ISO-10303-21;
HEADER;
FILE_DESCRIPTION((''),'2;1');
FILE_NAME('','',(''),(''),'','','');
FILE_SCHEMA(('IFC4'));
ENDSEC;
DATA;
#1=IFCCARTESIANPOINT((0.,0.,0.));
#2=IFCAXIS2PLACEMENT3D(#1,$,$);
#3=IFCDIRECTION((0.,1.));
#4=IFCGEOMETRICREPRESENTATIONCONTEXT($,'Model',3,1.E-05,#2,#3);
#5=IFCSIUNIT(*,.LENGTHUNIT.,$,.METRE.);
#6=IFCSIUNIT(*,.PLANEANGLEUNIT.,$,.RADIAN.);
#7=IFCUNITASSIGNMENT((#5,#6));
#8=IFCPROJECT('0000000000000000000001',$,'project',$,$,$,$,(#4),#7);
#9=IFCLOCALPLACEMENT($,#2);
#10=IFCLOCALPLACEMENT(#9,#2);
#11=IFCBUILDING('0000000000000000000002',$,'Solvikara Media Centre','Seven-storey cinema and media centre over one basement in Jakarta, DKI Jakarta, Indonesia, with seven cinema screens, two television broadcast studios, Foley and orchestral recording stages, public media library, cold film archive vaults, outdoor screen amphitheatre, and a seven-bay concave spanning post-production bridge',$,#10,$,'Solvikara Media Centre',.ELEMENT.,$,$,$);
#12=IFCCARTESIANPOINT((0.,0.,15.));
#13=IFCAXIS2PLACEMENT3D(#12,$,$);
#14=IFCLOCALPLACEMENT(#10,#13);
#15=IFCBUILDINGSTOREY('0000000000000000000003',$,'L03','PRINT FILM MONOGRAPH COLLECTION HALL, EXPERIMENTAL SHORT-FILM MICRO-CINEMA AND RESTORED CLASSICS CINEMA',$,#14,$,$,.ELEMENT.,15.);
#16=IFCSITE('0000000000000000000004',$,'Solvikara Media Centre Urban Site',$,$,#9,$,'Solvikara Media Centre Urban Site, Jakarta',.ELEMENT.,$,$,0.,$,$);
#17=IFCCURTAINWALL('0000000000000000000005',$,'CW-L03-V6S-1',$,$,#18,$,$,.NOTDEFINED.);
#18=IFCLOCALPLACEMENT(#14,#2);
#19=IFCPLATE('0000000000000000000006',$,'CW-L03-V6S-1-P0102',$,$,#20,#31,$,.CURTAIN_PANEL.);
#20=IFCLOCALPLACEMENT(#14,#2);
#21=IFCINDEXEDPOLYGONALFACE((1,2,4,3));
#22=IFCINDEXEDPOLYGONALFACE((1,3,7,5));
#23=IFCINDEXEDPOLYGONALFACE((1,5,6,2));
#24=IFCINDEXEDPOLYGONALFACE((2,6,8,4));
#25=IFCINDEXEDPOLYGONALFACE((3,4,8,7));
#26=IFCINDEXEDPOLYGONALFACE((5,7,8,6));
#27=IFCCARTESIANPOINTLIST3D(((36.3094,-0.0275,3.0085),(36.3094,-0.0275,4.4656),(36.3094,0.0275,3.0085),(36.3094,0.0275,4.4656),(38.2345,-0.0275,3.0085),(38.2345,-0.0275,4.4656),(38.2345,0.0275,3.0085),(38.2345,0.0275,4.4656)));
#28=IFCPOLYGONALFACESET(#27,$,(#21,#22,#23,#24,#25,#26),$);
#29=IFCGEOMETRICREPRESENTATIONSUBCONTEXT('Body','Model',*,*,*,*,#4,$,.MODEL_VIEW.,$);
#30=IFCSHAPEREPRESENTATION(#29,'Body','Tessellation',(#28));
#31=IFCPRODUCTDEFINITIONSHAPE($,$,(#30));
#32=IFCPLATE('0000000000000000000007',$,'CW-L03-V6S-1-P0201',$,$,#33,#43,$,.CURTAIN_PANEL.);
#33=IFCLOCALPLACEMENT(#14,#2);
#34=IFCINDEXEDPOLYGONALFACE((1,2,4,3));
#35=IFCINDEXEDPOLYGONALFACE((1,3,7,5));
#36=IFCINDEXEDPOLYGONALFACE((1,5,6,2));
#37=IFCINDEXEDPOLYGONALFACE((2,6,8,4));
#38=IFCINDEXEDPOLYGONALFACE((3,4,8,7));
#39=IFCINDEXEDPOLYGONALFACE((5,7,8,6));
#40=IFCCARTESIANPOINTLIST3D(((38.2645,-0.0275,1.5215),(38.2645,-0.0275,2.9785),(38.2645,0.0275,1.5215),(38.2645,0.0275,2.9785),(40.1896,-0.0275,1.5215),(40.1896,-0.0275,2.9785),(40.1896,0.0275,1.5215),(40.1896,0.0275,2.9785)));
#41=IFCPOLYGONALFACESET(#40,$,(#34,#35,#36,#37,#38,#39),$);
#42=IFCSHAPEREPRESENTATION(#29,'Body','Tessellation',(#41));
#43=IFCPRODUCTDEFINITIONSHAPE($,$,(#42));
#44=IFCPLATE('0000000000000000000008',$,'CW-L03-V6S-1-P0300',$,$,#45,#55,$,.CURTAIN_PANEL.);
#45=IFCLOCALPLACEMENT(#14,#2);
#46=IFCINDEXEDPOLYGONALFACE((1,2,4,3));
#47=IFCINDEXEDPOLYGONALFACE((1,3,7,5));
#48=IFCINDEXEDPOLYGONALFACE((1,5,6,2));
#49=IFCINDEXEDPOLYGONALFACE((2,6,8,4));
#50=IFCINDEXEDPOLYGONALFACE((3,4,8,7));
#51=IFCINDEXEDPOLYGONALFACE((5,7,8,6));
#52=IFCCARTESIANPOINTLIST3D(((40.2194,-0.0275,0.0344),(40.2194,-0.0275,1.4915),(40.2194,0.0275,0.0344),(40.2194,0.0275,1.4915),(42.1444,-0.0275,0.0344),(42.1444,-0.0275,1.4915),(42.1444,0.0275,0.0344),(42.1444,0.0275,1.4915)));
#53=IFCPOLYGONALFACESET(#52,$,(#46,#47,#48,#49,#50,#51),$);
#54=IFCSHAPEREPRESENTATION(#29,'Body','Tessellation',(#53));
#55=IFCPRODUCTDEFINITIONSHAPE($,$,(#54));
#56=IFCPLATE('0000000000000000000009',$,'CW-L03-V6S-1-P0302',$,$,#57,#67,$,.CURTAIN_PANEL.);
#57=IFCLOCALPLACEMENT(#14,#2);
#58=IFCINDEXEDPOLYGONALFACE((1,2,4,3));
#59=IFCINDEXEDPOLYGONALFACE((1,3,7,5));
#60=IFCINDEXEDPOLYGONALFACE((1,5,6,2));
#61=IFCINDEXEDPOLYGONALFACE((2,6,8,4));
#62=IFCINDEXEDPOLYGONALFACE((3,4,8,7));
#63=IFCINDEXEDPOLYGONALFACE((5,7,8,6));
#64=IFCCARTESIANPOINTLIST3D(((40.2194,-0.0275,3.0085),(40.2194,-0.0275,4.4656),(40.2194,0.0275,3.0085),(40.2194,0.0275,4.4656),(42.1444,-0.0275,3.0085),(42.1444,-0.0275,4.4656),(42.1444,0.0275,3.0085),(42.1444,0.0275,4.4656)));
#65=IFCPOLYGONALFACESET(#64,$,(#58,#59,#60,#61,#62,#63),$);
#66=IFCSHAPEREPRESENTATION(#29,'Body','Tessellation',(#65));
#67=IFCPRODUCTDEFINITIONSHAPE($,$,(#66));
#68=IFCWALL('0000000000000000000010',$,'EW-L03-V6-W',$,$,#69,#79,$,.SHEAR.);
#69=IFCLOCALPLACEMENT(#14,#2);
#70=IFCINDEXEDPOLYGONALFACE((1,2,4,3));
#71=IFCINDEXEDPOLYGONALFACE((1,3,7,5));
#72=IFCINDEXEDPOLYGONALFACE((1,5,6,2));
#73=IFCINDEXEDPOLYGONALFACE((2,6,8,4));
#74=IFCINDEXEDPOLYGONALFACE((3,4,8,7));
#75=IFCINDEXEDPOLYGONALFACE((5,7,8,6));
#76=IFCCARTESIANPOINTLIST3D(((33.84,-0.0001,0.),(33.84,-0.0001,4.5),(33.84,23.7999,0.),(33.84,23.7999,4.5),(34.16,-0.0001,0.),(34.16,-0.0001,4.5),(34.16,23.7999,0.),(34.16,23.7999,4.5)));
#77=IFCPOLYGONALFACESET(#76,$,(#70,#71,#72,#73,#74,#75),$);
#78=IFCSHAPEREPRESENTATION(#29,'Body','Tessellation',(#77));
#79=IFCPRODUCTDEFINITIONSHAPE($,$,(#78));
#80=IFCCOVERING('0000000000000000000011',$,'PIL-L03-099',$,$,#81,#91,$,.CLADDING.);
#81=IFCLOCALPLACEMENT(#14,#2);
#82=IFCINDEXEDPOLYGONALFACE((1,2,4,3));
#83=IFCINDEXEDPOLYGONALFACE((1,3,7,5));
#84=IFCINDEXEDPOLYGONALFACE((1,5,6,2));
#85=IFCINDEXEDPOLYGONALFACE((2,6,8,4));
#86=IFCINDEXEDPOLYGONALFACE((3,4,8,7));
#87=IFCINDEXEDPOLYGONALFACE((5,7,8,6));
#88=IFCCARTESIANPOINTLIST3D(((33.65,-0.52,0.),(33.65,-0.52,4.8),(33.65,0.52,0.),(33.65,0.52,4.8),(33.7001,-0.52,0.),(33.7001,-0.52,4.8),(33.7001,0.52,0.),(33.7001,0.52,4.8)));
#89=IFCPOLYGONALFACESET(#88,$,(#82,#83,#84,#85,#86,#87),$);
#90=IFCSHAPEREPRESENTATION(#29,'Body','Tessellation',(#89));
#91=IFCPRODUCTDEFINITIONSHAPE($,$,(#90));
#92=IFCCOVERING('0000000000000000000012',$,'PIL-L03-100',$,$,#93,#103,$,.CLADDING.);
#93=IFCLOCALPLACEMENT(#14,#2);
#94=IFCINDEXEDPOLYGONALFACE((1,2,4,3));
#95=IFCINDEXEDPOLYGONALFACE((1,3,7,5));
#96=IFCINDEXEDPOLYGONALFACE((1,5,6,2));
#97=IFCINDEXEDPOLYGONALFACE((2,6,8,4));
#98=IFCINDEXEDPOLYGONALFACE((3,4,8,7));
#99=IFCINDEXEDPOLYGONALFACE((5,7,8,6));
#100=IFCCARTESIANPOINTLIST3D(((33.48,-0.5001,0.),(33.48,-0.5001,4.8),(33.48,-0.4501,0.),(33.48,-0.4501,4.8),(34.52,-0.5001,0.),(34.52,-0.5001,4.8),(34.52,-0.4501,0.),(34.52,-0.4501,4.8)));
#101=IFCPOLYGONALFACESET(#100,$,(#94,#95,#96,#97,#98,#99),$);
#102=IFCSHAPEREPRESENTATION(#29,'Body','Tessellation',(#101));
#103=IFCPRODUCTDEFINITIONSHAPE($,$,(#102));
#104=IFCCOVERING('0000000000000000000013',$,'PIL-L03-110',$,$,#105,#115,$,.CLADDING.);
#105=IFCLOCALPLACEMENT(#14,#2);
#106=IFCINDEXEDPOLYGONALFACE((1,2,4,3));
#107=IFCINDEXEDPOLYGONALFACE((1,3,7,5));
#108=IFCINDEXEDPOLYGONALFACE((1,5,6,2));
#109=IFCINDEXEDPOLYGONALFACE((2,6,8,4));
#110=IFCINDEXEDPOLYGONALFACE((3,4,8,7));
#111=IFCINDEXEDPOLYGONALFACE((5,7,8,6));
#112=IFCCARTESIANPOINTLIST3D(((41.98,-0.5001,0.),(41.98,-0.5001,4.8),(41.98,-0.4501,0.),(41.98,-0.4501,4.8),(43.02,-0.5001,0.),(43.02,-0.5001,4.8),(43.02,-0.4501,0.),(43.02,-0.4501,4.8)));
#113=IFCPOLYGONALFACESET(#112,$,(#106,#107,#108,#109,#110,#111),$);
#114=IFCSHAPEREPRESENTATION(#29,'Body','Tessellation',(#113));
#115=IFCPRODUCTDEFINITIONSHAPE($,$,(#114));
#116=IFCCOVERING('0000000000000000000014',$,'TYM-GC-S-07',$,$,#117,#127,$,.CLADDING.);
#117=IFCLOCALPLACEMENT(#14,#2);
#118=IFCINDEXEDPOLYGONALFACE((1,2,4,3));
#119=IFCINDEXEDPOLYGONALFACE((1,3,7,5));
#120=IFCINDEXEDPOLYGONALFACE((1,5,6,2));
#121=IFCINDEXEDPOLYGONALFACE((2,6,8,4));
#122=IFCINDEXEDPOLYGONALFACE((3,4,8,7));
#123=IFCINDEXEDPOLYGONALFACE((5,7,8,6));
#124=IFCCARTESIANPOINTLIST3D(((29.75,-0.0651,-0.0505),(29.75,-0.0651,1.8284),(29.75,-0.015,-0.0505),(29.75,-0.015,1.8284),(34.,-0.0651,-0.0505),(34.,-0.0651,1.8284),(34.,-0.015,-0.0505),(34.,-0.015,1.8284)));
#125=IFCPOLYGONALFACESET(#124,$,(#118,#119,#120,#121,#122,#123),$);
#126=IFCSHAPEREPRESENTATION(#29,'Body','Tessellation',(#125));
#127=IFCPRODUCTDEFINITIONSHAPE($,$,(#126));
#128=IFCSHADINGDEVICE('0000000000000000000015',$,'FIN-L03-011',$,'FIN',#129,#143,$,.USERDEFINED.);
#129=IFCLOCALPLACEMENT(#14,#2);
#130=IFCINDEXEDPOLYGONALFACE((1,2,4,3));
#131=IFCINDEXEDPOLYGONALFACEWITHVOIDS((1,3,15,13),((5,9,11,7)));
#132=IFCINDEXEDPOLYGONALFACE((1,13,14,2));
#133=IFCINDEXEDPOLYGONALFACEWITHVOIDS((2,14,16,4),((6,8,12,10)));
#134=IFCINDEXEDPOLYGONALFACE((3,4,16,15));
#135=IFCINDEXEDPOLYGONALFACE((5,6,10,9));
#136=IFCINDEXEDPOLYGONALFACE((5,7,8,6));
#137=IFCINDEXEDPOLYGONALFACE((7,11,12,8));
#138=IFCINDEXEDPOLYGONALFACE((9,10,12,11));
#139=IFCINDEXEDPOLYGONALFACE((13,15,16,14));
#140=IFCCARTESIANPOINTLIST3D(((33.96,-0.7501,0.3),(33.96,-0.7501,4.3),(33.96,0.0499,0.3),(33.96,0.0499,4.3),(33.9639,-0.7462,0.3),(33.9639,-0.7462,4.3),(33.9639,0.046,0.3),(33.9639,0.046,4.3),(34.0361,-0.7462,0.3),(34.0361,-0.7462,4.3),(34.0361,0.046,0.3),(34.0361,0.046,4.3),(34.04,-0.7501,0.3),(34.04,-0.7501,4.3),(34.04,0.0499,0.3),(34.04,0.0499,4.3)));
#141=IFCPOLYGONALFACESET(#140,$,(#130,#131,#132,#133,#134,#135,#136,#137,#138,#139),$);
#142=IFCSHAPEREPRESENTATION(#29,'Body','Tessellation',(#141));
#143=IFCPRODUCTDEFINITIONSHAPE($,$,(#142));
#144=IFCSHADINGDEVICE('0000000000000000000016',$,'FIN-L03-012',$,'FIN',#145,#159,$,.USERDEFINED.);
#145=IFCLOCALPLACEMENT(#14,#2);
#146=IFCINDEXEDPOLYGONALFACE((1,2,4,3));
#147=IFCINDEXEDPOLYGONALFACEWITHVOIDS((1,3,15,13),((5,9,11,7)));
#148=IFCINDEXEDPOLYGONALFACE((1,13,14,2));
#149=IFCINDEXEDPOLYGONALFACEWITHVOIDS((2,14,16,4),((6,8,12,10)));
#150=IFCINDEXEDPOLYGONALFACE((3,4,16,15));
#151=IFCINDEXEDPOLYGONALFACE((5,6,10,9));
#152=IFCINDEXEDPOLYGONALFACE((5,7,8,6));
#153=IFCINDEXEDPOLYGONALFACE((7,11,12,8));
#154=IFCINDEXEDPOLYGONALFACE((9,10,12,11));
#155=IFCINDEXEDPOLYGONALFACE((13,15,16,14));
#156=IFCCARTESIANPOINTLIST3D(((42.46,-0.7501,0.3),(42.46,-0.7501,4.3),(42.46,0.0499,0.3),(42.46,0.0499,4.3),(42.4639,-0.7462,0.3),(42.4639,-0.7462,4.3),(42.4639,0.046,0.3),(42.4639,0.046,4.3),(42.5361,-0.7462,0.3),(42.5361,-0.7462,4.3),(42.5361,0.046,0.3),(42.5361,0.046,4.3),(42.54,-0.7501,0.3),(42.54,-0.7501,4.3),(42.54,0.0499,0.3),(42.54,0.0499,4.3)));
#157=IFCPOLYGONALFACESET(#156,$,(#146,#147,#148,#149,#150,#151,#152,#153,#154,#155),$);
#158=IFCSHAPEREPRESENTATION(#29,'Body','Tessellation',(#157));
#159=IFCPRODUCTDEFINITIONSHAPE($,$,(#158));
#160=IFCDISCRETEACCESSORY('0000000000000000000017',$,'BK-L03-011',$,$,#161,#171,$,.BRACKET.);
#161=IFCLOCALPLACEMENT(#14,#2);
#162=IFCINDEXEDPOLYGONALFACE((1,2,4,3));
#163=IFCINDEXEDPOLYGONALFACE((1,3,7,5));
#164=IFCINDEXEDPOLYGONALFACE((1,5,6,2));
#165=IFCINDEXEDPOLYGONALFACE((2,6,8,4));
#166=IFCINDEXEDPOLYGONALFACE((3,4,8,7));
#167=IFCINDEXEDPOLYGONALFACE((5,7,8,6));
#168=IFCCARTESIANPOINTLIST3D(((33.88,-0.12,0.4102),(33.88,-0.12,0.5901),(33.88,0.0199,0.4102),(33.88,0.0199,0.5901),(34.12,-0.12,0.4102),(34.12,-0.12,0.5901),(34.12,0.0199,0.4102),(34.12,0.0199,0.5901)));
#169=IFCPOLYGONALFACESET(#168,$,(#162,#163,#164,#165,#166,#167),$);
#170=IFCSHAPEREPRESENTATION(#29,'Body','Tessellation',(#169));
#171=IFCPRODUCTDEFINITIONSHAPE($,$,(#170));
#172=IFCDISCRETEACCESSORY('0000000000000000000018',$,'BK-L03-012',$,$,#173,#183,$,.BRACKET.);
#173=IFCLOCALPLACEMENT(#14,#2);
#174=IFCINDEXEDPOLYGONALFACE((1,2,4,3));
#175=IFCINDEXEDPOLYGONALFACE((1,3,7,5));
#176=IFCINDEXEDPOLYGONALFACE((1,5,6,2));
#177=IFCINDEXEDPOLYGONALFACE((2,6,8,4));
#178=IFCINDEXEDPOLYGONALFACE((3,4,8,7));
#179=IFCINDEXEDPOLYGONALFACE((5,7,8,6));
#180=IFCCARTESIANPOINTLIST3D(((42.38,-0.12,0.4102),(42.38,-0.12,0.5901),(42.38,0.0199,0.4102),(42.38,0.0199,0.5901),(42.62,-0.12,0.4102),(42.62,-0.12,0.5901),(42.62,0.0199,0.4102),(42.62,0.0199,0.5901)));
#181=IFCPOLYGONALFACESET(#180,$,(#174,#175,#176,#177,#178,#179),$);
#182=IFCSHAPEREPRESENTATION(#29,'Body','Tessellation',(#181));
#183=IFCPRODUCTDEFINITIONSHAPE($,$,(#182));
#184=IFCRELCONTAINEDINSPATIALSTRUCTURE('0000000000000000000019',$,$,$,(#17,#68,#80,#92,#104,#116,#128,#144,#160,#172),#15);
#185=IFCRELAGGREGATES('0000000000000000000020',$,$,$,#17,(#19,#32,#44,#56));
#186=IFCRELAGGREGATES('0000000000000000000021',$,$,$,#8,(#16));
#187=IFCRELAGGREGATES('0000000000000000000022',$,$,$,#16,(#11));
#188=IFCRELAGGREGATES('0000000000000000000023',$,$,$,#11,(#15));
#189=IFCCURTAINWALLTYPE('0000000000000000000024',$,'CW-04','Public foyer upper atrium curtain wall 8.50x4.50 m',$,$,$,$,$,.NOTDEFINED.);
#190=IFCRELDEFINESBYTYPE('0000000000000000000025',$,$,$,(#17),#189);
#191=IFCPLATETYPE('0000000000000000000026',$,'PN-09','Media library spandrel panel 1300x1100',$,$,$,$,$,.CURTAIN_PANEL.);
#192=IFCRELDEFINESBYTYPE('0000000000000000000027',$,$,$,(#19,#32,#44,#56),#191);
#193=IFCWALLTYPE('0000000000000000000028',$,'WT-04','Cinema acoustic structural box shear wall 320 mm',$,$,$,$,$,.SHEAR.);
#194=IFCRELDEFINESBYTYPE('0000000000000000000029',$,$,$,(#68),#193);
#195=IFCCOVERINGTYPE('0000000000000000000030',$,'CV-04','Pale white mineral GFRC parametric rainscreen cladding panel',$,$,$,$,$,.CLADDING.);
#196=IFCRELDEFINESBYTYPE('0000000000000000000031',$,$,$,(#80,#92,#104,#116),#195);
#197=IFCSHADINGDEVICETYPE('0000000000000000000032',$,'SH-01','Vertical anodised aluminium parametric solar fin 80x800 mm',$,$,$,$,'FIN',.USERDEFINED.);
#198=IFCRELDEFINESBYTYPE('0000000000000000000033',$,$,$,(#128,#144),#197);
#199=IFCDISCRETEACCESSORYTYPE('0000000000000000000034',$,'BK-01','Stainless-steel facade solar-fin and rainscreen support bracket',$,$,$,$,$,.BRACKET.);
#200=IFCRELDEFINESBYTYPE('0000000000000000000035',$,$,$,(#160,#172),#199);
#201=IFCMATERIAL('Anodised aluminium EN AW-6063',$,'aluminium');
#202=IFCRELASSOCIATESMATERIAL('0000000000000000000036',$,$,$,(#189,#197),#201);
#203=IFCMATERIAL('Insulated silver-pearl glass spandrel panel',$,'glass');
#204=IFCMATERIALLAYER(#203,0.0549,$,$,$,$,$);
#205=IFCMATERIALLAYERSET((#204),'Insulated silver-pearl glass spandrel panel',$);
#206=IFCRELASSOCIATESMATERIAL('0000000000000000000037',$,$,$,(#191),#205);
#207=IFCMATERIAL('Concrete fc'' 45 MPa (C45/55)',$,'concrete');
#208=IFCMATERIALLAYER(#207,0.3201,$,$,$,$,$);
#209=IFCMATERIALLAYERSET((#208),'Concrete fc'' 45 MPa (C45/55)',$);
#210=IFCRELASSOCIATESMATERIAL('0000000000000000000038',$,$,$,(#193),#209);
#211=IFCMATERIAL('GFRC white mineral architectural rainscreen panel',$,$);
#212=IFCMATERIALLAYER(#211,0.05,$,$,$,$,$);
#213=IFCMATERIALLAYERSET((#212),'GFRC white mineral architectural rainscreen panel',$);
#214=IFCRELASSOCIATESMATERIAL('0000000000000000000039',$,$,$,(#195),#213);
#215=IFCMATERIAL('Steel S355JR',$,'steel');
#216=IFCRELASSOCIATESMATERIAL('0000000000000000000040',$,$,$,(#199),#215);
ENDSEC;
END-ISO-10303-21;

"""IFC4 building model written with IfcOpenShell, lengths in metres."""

from ifc_helpers import new_model, si_unit, direction, frame, frame_2d, origin, origin_2d, place, context, subcontext, project, spatial, rectangle, hollow_rectangle, extrude, material, layer, layer_set, material_profile, profile_set, type_object, element, aggregate, save


model = new_model("IFC4")

# Units and contexts
model_context = context("Model", 3, precision=1e-05, world=origin(), true_north=direction((0.0, 1.0)))
body_context = subcontext(model_context, "Body", "Model", "MODEL_VIEW")
ifc_project = project(units=[si_unit("LENGTHUNIT", "METRE"), si_unit("PLANEANGLEUNIT", "RADIAN")], contexts=[model_context])

# Site, building, storey
site_placement = place(None, origin())
site = spatial("IfcSite", under=ifc_project, at=site_placement, Name="Solvikara Media Centre Urban Site", LongName="Solvikara Media Centre Urban Site, Jakarta", CompositionType="ELEMENT", RefElevation=0.0)
building_placement = place(site_placement, origin())
building = spatial("IfcBuilding", under=site, at=building_placement, Name="Solvikara Media Centre", Description="Seven-storey cinema and media centre over one basement in Jakarta, DKI Jakarta, Indonesia, with seven cinema screens, two television broadcast studios, Foley and orchestral recording stages, public media library, cold film archive vaults, outdoor screen amphitheatre, and a seven-bay concave spanning post-production bridge", LongName="Solvikara Media Centre", CompositionType="ELEMENT")
storey_placement = place(building_placement, frame((0.0, 0.0, 15.0)))
storey = spatial("IfcBuildingStorey", under=building, at=storey_placement, Name="L03", Description="PRINT FILM MONOGRAPH COLLECTION HALL, EXPERIMENTAL SHORT-FILM MICRO-CINEMA AND RESTORED CLASSICS CINEMA", CompositionType="ELEMENT", Elevation=15.0)

# Shared definitions
ifc_material_1 = material(Name="Concrete fc' 45 MPa (C45/55)", Category="concrete")

# Shared definitions
ifc_material_2 = material(Name="Steel S355JR", Category="steel")

# Curtain wall
ifc_material_3 = material(Name="Anodised aluminium EN AW-6063", Category="aluminium")
curtain_wall_type = type_object("IfcCurtainWallType", Name="CW-04", Description="Public foyer upper atrium curtain wall 8.50x4.50 m", PredefinedType="NOTDEFINED", material=ifc_material_3)
curtain_wall_placement = place(storey_placement, origin())
curtain_wall = element("IfcCurtainWall", 1, at=curtain_wall_placement, inside=storey, type_object=curtain_wall_type, Name="CW-L03-V6S-1", PredefinedType="NOTDEFINED")

# Plates
ifc_material_4 = material(Name="Insulated silver-pearl glass spandrel panel", Category="glass")
ifc_layer_1 = layer(ifc_material_4, 0.0549)
ifc_layer_set_1 = layer_set([ifc_layer_1], Name="Insulated silver-pearl glass spandrel panel")
plate_type_1 = type_object("IfcPlateType", Name="PN-09", Description="Media library spandrel panel 1300x1100", PredefinedType="CURTAIN_PANEL", material=ifc_layer_set_1)
plate_1_placement = place(storey_placement, frame((37.272, 0.0, 3.0085), z_axis=(0.0, 0.0, 1.0), x_axis=(1.0, 0.0, 0.0)))
plate_1 = element("IfcPlate", 2, at=plate_1_placement, type_object=plate_type_1, Name="CW-L03-V6S-1-P0102", PredefinedType="CURTAIN_PANEL", context=body_context, shape_type="SweptSolid", body=[
    extrude(rectangle(XDim=1.925, YDim=0.0549, at=origin_2d()), origin(), (0.0, 0.0, 1.0), 1.457),
])
plate_2_placement = place(storey_placement, frame((39.2271, 0.0, 1.5215), z_axis=(0.0, 0.0, 1.0), x_axis=(1.0, 0.0, 0.0)))
plate_2 = element("IfcPlate", 3, at=plate_2_placement, type_object=plate_type_1, Name="CW-L03-V6S-1-P0201", PredefinedType="CURTAIN_PANEL", context=body_context, shape_type="SweptSolid", body=[
    extrude(rectangle(XDim=1.925, YDim=0.0549, at=origin_2d()), origin(), (0.0, 0.0, 1.0), 1.457),
])
plate_3_placement = place(storey_placement, frame((41.1819, 0.0, 0.0344), z_axis=(0.0, 0.0, 1.0), x_axis=(1.0, 0.0, 0.0)))
plate_3 = element("IfcPlate", 4, at=plate_3_placement, type_object=plate_type_1, Name="CW-L03-V6S-1-P0300", PredefinedType="CURTAIN_PANEL", context=body_context, shape_type="SweptSolid", body=[
    extrude(rectangle(XDim=1.925, YDim=0.0549, at=origin_2d()), origin(), (0.0, 0.0, 1.0), 1.457),
])
plate_4_placement = place(storey_placement, frame((41.1819, 0.0, 3.0085), z_axis=(0.0, 0.0, 1.0), x_axis=(1.0, 0.0, 0.0)))
plate_4 = element("IfcPlate", 5, at=plate_4_placement, type_object=plate_type_1, Name="CW-L03-V6S-1-P0302", PredefinedType="CURTAIN_PANEL", context=body_context, shape_type="SweptSolid", body=[
    extrude(rectangle(XDim=1.925, YDim=0.0549, at=origin_2d()), origin(), (0.0, 0.0, 1.0), 1.457),
])
aggregate(curtain_wall, [plate_1, plate_2, plate_3, plate_4])

# Wall
ifc_layer_2 = layer(ifc_material_1, 0.3201)
ifc_layer_set_2 = layer_set([ifc_layer_2], Name="Concrete fc' 45 MPa (C45/55)")
wall_type = type_object("IfcWallType", Name="WT-04", Description="Cinema acoustic structural box shear wall 320 mm", PredefinedType="SHEAR", material=ifc_layer_set_2)
wall_placement = place(storey_placement, frame((34.0, 0.0, 0.0), z_axis=(0.0, 0.0, 1.0), x_axis=(0.0, 1.0, 0.0)))
element("IfcWall", 6, at=wall_placement, inside=storey, type_object=wall_type, Name="EW-L03-V6-W", PredefinedType="SHEAR", context=body_context, shape_type="SweptSolid", body=[
    extrude(rectangle(XDim=23.8, YDim=0.3201, at=frame_2d((11.8999, 0.0))), origin(), (0.0, 0.0, 1.0), 4.5),
])

# Coverings
ifc_material_5 = material(Name="GFRC white mineral architectural rainscreen panel")
ifc_layer_3 = layer(ifc_material_5, 0.05)
ifc_layer_set_3 = layer_set([ifc_layer_3], Name="GFRC white mineral architectural rainscreen panel")
covering_type = type_object("IfcCoveringType", Name="CV-04", Description="Pale white mineral GFRC parametric rainscreen cladding panel", PredefinedType="CLADDING", material=ifc_layer_set_3)
for number, where, z_axis, x_axis, name in (
    (7, (33.675, 0.0, 0.0), (0.0, 0.0, 1.0), (0.0, -1.0, 0.0), "PIL-L03-099"),
    (8, (34.0, -0.4751, 0.0), (0.0, 0.0, 1.0), (1.0, 0.0, 0.0), "PIL-L03-100"),
    (9, (42.5, -0.4751, 0.0), (0.0, 0.0, 1.0), (1.0, 0.0, 0.0), "PIL-L03-110"),
):
    element("IfcCovering", number, at=place(storey_placement, frame(where, z_axis=z_axis, x_axis=x_axis)), inside=storey, type_object=covering_type, Name=name, PredefinedType="CLADDING", context=body_context, shape_type="SweptSolid", body=[
        extrude(rectangle(XDim=1.04, YDim=0.05, at=origin_2d()), origin(), (0.0, 0.0, 1.0), 4.8),
    ])
covering_placement = place(storey_placement, frame((31.875, -0.04, -0.0505), z_axis=(0.0, 0.0, 1.0), x_axis=(1.0, 0.0, 0.0)))
element("IfcCovering", 10, at=covering_placement, inside=storey, type_object=covering_type, Name="TYM-GC-S-07", PredefinedType="CLADDING", context=body_context, shape_type="SweptSolid", body=[
    extrude(rectangle(XDim=4.25, YDim=0.05, at=origin_2d()), origin(), (0.0, 0.0, 1.0), 1.8789),
])

# Shading devices
ifc_material_profile_1 = material_profile(ifc_material_3, hollow_rectangle(XDim=0.0801, YDim=0.8, WallThickness=0.0039, at=origin_2d()), Name="ALU-FIN 80x800x4")
ifc_profile_set_1 = profile_set([ifc_material_profile_1], Name="Anodised aluminium EN AW-6063")
shading_device_type = type_object("IfcShadingDeviceType", Name="SH-01", Description="Vertical anodised aluminium parametric solar fin 80x800 mm", ElementType="FIN", PredefinedType="USERDEFINED", material=ifc_profile_set_1)
for number, where, z_axis, x_axis, name in (
    (11, (34.0, -0.3501, 0.3), (0.0, 0.0, 1.0), (1.0, 0.0, 0.0), "FIN-L03-011"),
    (12, (42.5, -0.3501, 0.3), (0.0, 0.0, 1.0), (1.0, 0.0, 0.0), "FIN-L03-012"),
):
    element("IfcShadingDevice", number, at=place(storey_placement, frame(where, z_axis=z_axis, x_axis=x_axis)), inside=storey, type_object=shading_device_type, Name=name, ObjectType="FIN", PredefinedType="USERDEFINED", context=body_context, shape_type="SweptSolid", body=[
        extrude(hollow_rectangle(XDim=0.0801, YDim=0.8, WallThickness=0.0039, at=origin_2d()), origin(), (0.0, 0.0, 1.0), 4.0),
    ])

# Discrete accessories
discrete_accessory_type = type_object("IfcDiscreteAccessoryType", Name="BK-01", Description="Stainless-steel facade solar-fin and rainscreen support bracket", PredefinedType="BRACKET", material=ifc_material_2)
for number, where, z_axis, x_axis, name in (
    (13, (34.0, -0.05, 0.4102), (0.0, 0.0, 1.0), (1.0, 0.0, 0.0), "BK-L03-011"),
    (14, (42.5, -0.05, 0.4102), (0.0, 0.0, 1.0), (1.0, 0.0, 0.0), "BK-L03-012"),
):
    element("IfcDiscreteAccessory", number, at=place(storey_placement, frame(where, z_axis=z_axis, x_axis=x_axis)), inside=storey, type_object=discrete_accessory_type, Name=name, PredefinedType="BRACKET", context=body_context, shape_type="SweptSolid", body=[
        extrude(rectangle(XDim=0.24, YDim=0.1399, at=origin_2d()), origin(), (0.0, 0.0, 1.0), 0.1799),
    ])

save(model, "model.ifc")
